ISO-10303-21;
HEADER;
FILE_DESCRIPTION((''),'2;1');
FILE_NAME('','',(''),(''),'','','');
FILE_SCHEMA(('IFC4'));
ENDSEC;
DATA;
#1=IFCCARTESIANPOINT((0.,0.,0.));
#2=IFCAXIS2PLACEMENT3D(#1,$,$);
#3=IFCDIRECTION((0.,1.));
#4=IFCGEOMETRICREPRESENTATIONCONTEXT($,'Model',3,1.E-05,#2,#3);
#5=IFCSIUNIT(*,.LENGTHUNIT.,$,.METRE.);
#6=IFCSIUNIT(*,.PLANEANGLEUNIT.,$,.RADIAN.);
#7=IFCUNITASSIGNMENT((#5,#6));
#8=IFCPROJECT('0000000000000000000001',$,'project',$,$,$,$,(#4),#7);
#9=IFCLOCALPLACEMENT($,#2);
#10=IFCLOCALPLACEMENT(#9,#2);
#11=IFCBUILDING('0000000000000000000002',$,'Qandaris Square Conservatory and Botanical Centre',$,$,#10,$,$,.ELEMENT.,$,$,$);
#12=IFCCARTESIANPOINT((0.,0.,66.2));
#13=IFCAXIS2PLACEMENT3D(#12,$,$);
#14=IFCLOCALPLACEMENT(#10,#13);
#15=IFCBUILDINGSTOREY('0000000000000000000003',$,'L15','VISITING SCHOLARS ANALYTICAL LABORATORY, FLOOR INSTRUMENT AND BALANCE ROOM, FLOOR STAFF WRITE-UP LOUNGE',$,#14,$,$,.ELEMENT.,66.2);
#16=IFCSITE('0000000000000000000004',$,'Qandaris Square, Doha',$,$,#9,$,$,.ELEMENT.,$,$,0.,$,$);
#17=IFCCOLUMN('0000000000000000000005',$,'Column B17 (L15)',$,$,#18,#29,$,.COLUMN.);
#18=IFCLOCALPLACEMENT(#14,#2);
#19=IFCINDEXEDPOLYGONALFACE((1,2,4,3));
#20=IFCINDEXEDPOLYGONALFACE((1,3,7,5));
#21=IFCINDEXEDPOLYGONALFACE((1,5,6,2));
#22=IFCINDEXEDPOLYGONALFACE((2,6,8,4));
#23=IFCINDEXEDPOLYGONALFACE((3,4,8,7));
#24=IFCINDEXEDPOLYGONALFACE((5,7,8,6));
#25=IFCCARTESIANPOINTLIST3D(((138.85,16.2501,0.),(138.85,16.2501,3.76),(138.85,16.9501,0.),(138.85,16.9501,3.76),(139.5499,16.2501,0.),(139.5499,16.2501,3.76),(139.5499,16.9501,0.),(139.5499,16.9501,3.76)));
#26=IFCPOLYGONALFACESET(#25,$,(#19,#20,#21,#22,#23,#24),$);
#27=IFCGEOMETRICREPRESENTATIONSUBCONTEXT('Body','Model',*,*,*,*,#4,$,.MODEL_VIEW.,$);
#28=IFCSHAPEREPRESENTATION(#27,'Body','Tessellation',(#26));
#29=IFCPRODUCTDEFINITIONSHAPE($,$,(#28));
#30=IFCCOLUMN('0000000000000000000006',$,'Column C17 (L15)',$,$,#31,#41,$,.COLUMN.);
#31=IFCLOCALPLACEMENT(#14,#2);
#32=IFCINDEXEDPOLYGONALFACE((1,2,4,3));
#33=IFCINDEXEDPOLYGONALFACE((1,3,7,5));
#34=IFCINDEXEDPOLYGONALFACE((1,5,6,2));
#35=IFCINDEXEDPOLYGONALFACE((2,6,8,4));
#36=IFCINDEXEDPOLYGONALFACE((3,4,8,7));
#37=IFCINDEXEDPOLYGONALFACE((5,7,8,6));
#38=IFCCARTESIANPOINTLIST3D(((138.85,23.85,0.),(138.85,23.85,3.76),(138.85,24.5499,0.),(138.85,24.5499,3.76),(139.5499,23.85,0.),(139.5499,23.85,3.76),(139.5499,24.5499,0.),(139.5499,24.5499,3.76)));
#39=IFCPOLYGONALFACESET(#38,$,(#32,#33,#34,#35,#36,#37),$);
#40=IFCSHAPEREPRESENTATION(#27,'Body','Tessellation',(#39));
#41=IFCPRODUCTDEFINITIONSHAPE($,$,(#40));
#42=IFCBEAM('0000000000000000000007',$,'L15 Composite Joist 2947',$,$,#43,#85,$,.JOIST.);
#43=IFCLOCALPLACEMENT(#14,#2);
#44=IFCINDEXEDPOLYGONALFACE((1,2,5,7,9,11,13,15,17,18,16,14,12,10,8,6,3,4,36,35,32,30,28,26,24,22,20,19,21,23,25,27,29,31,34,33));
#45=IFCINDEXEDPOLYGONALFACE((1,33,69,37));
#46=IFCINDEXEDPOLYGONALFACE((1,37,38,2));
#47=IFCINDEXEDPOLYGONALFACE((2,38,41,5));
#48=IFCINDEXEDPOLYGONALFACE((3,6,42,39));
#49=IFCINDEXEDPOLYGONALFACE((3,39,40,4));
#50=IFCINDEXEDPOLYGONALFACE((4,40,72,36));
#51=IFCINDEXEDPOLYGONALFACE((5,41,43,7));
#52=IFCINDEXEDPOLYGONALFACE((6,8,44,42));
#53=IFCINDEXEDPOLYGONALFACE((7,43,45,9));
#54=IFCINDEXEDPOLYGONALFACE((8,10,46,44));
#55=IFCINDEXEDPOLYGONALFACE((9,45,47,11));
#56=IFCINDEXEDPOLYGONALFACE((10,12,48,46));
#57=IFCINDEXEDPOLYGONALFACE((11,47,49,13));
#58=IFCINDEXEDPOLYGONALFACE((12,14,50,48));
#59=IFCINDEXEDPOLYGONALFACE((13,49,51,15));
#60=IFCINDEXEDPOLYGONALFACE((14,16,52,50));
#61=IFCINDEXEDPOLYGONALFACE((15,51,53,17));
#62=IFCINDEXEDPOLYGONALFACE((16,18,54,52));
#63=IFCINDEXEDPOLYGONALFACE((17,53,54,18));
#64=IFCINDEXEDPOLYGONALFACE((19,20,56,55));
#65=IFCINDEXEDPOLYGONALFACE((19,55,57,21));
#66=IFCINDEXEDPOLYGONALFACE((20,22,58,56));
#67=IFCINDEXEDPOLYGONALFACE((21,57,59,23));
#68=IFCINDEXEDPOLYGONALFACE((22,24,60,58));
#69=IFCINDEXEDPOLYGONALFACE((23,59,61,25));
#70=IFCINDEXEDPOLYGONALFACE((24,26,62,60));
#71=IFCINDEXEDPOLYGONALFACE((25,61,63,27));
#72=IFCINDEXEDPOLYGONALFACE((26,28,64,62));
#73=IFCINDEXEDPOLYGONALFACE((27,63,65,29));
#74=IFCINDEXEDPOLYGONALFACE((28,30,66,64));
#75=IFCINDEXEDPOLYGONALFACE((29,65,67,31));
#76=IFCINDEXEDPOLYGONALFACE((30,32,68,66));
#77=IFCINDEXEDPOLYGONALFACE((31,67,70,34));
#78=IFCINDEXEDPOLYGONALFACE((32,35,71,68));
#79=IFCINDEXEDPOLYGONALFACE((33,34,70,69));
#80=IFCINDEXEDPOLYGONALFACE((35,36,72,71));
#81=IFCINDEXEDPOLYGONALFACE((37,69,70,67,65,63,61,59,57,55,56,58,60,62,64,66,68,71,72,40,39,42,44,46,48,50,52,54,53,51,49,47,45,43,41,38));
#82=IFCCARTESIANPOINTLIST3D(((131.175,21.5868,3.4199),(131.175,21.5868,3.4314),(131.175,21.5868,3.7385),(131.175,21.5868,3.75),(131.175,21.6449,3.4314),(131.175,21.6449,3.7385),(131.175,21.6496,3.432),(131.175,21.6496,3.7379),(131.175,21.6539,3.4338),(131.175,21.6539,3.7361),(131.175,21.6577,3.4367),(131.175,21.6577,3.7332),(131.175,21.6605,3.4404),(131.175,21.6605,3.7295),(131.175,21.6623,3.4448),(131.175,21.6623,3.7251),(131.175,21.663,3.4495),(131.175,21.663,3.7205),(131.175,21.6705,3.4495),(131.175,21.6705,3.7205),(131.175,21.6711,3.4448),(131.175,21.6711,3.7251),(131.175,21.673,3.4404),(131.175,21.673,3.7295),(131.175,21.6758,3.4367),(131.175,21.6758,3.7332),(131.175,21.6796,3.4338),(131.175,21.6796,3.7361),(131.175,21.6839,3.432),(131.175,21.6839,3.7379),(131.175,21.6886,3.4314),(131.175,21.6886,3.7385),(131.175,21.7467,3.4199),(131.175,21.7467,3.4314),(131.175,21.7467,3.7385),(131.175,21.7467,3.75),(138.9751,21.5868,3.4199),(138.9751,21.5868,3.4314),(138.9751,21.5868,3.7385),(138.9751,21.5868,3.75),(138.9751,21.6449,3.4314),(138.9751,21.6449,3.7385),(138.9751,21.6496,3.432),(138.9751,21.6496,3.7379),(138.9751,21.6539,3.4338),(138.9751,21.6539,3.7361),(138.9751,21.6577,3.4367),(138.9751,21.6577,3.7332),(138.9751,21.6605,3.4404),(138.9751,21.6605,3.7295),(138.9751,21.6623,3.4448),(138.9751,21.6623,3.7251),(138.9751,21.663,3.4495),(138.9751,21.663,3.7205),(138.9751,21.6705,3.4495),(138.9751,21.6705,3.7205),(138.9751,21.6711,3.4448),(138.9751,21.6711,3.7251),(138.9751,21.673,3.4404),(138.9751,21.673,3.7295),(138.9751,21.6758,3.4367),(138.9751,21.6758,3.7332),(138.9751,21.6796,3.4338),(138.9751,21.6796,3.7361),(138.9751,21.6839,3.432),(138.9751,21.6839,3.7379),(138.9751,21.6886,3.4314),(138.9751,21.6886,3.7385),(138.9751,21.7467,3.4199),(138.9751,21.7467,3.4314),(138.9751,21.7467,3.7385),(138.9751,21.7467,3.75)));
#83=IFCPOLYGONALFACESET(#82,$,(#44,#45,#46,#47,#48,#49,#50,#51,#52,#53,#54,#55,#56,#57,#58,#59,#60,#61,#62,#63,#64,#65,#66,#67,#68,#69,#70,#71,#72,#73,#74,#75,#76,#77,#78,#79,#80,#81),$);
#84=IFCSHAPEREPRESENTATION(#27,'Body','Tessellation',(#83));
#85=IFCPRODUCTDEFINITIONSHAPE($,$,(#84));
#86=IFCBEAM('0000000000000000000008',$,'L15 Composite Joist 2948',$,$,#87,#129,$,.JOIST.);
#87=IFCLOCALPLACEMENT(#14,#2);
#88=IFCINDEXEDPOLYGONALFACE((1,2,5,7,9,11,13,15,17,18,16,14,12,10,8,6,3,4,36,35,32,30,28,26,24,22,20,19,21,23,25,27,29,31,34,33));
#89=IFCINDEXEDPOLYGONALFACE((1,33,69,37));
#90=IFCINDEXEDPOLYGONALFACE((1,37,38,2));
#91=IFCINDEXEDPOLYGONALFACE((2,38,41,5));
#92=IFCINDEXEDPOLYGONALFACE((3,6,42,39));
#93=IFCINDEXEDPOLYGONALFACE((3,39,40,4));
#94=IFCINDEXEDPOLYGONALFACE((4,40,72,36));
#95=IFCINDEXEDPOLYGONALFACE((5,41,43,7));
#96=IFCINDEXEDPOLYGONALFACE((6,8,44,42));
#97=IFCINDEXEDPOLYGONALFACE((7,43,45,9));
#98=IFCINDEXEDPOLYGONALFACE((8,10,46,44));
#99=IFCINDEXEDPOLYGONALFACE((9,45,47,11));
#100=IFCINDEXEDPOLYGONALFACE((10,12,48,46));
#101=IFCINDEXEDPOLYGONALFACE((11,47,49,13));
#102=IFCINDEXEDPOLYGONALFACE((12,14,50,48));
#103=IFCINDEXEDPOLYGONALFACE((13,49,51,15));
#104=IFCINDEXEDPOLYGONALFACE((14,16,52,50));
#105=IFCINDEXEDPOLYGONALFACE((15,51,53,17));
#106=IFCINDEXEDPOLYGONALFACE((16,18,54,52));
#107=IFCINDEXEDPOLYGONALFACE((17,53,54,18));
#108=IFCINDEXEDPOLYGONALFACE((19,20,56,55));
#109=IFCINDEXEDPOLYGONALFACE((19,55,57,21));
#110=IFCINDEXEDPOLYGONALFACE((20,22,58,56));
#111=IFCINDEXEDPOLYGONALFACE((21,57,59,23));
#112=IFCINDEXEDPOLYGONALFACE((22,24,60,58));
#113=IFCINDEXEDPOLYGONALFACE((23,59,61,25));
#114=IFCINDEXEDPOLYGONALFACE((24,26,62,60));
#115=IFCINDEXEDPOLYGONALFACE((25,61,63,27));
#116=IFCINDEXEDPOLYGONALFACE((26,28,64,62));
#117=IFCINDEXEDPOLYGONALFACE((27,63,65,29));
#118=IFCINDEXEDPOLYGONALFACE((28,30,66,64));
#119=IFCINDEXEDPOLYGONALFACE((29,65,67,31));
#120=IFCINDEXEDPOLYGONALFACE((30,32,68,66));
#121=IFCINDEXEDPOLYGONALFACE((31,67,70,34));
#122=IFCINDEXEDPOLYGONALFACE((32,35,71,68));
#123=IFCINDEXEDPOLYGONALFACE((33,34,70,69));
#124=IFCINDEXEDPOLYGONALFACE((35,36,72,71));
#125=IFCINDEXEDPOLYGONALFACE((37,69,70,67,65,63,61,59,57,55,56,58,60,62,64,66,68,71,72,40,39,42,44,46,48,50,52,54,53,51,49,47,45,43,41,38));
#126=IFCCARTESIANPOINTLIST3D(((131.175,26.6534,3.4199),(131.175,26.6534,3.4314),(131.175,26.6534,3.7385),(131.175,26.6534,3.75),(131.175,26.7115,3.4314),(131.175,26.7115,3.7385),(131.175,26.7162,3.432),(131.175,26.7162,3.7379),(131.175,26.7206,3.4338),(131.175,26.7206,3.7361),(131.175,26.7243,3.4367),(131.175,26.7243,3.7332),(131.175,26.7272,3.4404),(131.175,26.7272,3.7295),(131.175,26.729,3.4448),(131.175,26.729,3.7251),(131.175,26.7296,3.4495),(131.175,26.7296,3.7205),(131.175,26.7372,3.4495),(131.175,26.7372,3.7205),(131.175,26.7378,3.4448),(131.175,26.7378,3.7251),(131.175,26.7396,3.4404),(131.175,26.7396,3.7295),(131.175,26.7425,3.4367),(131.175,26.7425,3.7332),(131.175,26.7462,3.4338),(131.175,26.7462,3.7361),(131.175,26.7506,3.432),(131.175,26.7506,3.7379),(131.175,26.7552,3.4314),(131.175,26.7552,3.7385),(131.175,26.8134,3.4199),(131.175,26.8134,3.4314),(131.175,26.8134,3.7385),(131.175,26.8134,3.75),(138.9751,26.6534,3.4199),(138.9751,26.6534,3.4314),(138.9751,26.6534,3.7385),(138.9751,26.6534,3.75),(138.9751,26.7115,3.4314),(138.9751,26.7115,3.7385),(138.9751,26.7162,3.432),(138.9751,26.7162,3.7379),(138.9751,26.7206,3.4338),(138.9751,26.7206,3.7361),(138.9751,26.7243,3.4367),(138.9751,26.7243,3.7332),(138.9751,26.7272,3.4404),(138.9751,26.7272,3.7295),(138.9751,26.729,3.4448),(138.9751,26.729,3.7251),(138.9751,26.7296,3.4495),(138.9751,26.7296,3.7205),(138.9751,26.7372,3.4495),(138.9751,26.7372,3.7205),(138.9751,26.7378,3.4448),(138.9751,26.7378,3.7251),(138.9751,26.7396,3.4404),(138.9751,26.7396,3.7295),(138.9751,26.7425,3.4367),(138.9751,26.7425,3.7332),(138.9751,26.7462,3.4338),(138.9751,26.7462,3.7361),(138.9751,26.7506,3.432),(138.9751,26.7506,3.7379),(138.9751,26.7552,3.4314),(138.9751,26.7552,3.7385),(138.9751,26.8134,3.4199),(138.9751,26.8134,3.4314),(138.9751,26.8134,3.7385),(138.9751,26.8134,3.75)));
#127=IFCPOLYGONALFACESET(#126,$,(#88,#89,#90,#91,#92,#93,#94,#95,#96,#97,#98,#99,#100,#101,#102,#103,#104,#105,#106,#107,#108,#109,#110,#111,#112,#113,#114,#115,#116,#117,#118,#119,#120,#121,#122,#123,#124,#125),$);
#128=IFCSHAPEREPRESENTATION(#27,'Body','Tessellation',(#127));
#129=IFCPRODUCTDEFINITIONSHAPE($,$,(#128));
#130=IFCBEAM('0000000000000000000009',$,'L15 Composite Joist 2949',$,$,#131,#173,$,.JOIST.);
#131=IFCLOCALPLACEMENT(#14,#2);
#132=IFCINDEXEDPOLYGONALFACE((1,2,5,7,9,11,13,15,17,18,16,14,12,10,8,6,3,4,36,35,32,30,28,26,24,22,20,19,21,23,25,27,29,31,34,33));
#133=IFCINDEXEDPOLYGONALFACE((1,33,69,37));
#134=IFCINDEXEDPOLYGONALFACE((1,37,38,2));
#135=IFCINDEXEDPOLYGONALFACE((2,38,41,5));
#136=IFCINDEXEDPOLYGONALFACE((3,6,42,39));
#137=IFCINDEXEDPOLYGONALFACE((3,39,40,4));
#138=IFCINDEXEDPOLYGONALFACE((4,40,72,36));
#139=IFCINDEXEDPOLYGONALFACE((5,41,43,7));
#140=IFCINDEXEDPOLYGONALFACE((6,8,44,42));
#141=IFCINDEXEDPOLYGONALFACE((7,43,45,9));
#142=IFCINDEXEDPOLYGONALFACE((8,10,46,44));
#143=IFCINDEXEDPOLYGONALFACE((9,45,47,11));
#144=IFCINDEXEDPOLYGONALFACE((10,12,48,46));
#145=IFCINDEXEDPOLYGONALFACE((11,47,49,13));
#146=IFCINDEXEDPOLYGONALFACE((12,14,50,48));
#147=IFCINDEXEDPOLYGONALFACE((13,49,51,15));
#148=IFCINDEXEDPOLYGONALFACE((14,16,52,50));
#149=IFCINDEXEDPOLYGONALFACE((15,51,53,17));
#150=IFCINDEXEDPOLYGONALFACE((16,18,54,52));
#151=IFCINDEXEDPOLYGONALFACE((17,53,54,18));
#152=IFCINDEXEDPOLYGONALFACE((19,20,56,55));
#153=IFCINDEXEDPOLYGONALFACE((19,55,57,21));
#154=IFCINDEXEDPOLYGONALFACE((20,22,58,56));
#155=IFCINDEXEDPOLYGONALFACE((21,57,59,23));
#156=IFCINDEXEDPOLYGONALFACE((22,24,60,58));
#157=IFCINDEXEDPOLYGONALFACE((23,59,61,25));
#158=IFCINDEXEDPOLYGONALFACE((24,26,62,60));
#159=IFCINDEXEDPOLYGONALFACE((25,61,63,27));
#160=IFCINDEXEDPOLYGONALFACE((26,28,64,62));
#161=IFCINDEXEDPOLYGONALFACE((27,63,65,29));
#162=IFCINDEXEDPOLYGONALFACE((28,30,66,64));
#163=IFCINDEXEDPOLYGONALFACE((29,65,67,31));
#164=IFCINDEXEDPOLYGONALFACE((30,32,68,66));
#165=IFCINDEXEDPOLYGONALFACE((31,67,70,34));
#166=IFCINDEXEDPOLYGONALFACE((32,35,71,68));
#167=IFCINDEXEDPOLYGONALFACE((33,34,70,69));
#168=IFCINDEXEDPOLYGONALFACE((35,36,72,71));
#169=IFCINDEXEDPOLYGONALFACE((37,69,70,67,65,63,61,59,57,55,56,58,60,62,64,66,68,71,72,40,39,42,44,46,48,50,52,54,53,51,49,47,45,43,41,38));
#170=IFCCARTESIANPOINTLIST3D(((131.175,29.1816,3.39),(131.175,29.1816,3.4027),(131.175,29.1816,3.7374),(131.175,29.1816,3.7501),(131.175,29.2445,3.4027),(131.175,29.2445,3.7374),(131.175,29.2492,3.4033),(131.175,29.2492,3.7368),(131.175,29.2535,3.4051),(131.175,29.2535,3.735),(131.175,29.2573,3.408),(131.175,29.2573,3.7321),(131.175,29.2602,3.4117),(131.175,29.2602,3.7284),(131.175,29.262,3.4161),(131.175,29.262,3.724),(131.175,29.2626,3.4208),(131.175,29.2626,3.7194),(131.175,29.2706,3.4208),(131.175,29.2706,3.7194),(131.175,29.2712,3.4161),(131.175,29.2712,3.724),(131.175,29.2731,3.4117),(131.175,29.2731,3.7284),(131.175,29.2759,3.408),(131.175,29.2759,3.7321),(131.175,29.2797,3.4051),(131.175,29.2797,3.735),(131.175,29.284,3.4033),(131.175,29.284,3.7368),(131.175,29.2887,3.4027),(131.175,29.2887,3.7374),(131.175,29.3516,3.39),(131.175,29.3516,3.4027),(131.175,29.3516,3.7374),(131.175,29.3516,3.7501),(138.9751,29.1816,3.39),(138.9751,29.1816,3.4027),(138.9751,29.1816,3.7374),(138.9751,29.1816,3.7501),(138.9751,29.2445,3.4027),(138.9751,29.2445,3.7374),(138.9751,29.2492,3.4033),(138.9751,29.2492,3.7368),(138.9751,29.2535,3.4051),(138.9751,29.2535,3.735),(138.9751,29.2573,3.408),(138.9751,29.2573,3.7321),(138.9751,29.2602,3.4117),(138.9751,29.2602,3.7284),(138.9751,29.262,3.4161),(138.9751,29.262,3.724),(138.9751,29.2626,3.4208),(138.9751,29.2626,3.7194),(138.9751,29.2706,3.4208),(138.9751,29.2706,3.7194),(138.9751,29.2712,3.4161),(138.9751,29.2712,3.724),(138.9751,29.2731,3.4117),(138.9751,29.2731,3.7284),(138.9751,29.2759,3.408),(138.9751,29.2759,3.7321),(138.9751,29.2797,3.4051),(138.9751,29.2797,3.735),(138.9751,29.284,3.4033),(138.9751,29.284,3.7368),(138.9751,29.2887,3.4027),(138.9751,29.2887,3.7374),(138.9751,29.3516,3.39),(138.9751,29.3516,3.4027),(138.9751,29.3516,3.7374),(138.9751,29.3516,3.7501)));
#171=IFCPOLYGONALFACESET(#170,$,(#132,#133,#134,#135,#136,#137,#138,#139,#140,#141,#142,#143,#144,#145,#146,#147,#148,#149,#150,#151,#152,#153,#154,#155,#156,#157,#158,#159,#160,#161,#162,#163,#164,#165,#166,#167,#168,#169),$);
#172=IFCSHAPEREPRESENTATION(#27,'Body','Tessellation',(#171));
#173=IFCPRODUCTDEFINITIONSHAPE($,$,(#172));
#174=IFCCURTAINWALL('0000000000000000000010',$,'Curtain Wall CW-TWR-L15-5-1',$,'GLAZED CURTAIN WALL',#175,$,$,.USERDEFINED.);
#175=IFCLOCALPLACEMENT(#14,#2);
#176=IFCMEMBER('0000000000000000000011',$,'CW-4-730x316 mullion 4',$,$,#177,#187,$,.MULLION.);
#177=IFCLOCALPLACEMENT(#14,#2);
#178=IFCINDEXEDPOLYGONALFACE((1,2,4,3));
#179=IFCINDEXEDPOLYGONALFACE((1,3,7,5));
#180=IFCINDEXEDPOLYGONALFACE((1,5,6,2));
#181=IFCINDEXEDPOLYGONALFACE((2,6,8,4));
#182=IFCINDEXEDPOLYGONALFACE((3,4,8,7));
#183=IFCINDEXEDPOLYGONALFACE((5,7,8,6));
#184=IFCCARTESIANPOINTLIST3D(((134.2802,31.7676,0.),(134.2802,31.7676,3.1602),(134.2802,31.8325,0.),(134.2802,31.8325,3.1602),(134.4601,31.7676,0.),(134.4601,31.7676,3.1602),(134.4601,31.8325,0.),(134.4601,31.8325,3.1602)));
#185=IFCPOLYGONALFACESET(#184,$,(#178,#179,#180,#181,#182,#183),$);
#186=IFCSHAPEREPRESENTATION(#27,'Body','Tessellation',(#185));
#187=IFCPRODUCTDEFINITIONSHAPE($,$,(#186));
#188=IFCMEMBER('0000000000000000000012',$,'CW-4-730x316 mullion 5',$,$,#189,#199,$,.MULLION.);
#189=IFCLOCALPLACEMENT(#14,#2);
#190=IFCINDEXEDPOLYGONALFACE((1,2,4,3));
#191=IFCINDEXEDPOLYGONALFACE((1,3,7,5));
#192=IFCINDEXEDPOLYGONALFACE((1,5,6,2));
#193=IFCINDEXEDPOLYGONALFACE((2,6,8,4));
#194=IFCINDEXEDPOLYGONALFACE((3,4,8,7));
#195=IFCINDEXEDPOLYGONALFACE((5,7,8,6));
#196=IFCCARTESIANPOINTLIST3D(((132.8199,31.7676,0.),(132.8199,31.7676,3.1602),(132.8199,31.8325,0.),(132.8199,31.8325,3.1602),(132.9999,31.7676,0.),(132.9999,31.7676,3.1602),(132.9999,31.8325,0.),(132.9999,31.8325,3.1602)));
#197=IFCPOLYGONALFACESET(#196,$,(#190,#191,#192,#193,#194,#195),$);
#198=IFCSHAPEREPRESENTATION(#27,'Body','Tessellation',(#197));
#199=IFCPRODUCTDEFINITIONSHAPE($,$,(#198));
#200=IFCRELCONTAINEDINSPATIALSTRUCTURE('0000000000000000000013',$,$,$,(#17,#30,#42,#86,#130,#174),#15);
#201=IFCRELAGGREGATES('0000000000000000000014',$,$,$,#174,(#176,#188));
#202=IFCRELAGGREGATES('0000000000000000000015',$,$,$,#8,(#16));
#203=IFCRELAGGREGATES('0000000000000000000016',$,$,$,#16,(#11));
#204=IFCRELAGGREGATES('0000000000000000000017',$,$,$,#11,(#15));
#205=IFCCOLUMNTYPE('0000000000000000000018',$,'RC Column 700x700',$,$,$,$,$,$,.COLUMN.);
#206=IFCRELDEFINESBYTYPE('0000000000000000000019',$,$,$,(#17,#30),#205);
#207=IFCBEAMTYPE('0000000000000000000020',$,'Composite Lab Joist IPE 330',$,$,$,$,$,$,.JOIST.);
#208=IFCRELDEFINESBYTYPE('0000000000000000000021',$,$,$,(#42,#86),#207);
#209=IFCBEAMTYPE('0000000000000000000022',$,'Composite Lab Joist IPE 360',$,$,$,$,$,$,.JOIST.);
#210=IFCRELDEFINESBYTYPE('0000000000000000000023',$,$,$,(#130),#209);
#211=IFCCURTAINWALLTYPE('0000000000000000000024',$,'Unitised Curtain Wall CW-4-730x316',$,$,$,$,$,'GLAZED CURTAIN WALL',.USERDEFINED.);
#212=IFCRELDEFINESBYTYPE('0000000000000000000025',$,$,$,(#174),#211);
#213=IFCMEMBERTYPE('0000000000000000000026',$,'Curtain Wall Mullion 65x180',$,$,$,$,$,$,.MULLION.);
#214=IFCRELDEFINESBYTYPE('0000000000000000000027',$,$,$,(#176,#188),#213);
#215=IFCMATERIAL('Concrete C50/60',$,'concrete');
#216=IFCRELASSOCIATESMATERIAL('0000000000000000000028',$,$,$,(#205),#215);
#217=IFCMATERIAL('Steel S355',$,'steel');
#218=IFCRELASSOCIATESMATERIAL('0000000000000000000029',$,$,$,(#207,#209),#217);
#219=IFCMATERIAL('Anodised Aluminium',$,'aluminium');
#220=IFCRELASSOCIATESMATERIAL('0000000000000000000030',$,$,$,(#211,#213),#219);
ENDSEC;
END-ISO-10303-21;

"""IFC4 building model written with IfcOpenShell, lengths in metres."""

from ifc_helpers import new_model, si_unit, direction, frame, origin, origin_2d, place, context, subcontext, project, spatial, rectangle, i_section, extrude, material, material_profile, profile_set, type_object, element, aggregate, save


model = new_model("IFC4")

# Units and contexts
model_context = context("Model", 3, precision=1e-05, world=origin(), true_north=direction((0.0, 1.0)))
body_context = subcontext(model_context, "Body", "Model", "MODEL_VIEW")
ifc_project = project(units=[si_unit("LENGTHUNIT", "METRE"), si_unit("PLANEANGLEUNIT", "RADIAN")], contexts=[model_context])

# Site, building, storey
site_placement = place(None, origin())
site = spatial("IfcSite", under=ifc_project, at=site_placement, Name="Qandaris Square, Doha", CompositionType="ELEMENT", RefElevation=0.0)
building_placement = place(site_placement, origin())
building = spatial("IfcBuilding", under=site, at=building_placement, Name="Qandaris Square Conservatory and Botanical Centre", CompositionType="ELEMENT")
storey_placement = place(building_placement, frame((0.0, 0.0, 66.2)))
storey = spatial("IfcBuildingStorey", under=building, at=storey_placement, Name="L15", Description="VISITING SCHOLARS ANALYTICAL LABORATORY, FLOOR INSTRUMENT AND BALANCE ROOM, FLOOR STAFF WRITE-UP LOUNGE", CompositionType="ELEMENT", Elevation=66.2)

# Columns
ifc_material_1 = material(Name="Concrete C50/60", Category="concrete")
ifc_material_profile_1 = material_profile(ifc_material_1, rectangle(XDim=0.7, YDim=0.7, at=origin_2d()), Name="RC-COL 700x700")
ifc_profile_set_1 = profile_set([ifc_material_profile_1], Name="Concrete C50/60")
column_type = type_object("IfcColumnType", Name="RC Column 700x700", PredefinedType="COLUMN", material=ifc_profile_set_1)
for number, where, z_axis, x_axis, name in (
    (1, (139.2, 16.6001, 0.0), (0.0, 0.0, 1.0), (1.0, 0.0, 0.0), "Column B17 (L15)"),
    (2, (139.2, 24.2, 0.0), (0.0, 0.0, 1.0), (1.0, 0.0, 0.0), "Column C17 (L15)"),
):
    element("IfcColumn", number, at=place(storey_placement, frame(where, z_axis=z_axis, x_axis=x_axis)), inside=storey, type_object=column_type, Name=name, PredefinedType="COLUMN", context=body_context, shape_type="SweptSolid", body=[
        extrude(rectangle(XDim=0.7, YDim=0.7, at=origin_2d()), origin(), (0.0, 0.0, 1.0), 3.76),
    ])

# Beams
ifc_material_2 = material(Name="Steel S355", Category="steel")
ifc_material_profile_2 = material_profile(ifc_material_2, i_section(OverallWidth=0.1599, OverallDepth=0.3301, WebThickness=0.0076, FlangeThickness=0.0115, FilletRadius=0.0181, at=origin_2d()), Name="IPE 330")
ifc_profile_set_2 = profile_set([ifc_material_profile_2], Name="Steel S355")
beam_type_1 = type_object("IfcBeamType", Name="Composite Lab Joist IPE 330", PredefinedType="JOIST", material=ifc_profile_set_2)
for number, where, z_axis, x_axis, name in (
    (3, (131.175, 21.6667, 3.585), (1.0, 0.0, 0.0), (0.0, 1.0, 0.0), "L15 Composite Joist 2947"),
    (4, (131.175, 26.7334, 3.585), (1.0, 0.0, 0.0), (0.0, 1.0, 0.0), "L15 Composite Joist 2948"),
):
    element("IfcBeam", number, at=place(storey_placement, frame(where, z_axis=z_axis, x_axis=x_axis)), inside=storey, type_object=beam_type_1, Name=name, PredefinedType="JOIST", context=body_context, shape_type="SweptSolid", body=[
        extrude(i_section(OverallWidth=0.1599, OverallDepth=0.3301, WebThickness=0.0076, FlangeThickness=0.0115, FilletRadius=0.0181, at=origin_2d()), origin(), (0.0, 0.0, 1.0), 7.8),
    ])
ifc_material_profile_3 = material_profile(ifc_material_2, i_section(OverallWidth=0.1699, OverallDepth=0.3601, WebThickness=0.0081, FlangeThickness=0.0127, FilletRadius=0.0181, at=origin_2d()), Name="IPE 360")
ifc_profile_set_3 = profile_set([ifc_material_profile_3], Name="Steel S355")
beam_type_2 = type_object("IfcBeamType", Name="Composite Lab Joist IPE 360", PredefinedType="JOIST", material=ifc_profile_set_3)
beam_placement = place(storey_placement, frame((131.175, 29.2666, 3.5701), z_axis=(1.0, 0.0, 0.0), x_axis=(0.0, 1.0, 0.0)))
element("IfcBeam", 5, at=beam_placement, inside=storey, type_object=beam_type_2, Name="L15 Composite Joist 2949", PredefinedType="JOIST", context=body_context, shape_type="SweptSolid", body=[
    extrude(i_section(OverallWidth=0.1699, OverallDepth=0.3601, WebThickness=0.0081, FlangeThickness=0.0127, FilletRadius=0.0181, at=origin_2d()), origin(), (0.0, 0.0, 1.0), 7.8),
])

# Curtain wall, members
ifc_material_3 = material(Name="Anodised Aluminium", Category="aluminium")
curtain_wall_type = type_object("IfcCurtainWallType", Name="Unitised Curtain Wall CW-4-730x316", ElementType="GLAZED CURTAIN WALL", PredefinedType="USERDEFINED", material=ifc_material_3)
curtain_wall_placement = place(storey_placement, origin())
curtain_wall = element("IfcCurtainWall", 6, at=curtain_wall_placement, inside=storey, type_object=curtain_wall_type, Name="Curtain Wall CW-TWR-L15-5-1", ObjectType="GLAZED CURTAIN WALL", PredefinedType="USERDEFINED")
ifc_material_profile_4 = material_profile(ifc_material_3, rectangle(XDim=0.0649, YDim=0.1799, at=origin_2d()), Name="ALU-MUL 65x180")
ifc_profile_set_4 = profile_set([ifc_material_profile_4], Name="Anodised Aluminium")
member_type_1 = type_object("IfcMemberType", Name="Curtain Wall Mullion 65x180", PredefinedType="MULLION", material=ifc_profile_set_4)
member_1_placement = place(storey_placement, frame((134.3701, 31.8, 0.0), z_axis=(0.0, 0.0, 1.0), x_axis=(0.0, -1.0, 0.0)))
member_1 = element("IfcMember", 7, at=member_1_placement, type_object=member_type_1, Name="CW-4-730x316 mullion 4", PredefinedType="MULLION", context=body_context, shape_type="SweptSolid", body=[
    extrude(rectangle(XDim=0.0649, YDim=0.1799, at=origin_2d()), origin(), (0.0, 0.0, 1.0), 3.1602),
])
member_2_placement = place(storey_placement, frame((132.9099, 31.8, 0.0), z_axis=(0.0, 0.0, 1.0), x_axis=(0.0, -1.0, 0.0)))
member_2 = element("IfcMember", 8, at=member_2_placement, type_object=member_type_1, Name="CW-4-730x316 mullion 5", PredefinedType="MULLION", context=body_context, shape_type="SweptSolid", body=[
    extrude(rectangle(XDim=0.0649, YDim=0.1799, at=origin_2d()), origin(), (0.0, 0.0, 1.0), 3.1602),
])
aggregate(curtain_wall, [member_1, member_2])

save(model, "model.ifc")
